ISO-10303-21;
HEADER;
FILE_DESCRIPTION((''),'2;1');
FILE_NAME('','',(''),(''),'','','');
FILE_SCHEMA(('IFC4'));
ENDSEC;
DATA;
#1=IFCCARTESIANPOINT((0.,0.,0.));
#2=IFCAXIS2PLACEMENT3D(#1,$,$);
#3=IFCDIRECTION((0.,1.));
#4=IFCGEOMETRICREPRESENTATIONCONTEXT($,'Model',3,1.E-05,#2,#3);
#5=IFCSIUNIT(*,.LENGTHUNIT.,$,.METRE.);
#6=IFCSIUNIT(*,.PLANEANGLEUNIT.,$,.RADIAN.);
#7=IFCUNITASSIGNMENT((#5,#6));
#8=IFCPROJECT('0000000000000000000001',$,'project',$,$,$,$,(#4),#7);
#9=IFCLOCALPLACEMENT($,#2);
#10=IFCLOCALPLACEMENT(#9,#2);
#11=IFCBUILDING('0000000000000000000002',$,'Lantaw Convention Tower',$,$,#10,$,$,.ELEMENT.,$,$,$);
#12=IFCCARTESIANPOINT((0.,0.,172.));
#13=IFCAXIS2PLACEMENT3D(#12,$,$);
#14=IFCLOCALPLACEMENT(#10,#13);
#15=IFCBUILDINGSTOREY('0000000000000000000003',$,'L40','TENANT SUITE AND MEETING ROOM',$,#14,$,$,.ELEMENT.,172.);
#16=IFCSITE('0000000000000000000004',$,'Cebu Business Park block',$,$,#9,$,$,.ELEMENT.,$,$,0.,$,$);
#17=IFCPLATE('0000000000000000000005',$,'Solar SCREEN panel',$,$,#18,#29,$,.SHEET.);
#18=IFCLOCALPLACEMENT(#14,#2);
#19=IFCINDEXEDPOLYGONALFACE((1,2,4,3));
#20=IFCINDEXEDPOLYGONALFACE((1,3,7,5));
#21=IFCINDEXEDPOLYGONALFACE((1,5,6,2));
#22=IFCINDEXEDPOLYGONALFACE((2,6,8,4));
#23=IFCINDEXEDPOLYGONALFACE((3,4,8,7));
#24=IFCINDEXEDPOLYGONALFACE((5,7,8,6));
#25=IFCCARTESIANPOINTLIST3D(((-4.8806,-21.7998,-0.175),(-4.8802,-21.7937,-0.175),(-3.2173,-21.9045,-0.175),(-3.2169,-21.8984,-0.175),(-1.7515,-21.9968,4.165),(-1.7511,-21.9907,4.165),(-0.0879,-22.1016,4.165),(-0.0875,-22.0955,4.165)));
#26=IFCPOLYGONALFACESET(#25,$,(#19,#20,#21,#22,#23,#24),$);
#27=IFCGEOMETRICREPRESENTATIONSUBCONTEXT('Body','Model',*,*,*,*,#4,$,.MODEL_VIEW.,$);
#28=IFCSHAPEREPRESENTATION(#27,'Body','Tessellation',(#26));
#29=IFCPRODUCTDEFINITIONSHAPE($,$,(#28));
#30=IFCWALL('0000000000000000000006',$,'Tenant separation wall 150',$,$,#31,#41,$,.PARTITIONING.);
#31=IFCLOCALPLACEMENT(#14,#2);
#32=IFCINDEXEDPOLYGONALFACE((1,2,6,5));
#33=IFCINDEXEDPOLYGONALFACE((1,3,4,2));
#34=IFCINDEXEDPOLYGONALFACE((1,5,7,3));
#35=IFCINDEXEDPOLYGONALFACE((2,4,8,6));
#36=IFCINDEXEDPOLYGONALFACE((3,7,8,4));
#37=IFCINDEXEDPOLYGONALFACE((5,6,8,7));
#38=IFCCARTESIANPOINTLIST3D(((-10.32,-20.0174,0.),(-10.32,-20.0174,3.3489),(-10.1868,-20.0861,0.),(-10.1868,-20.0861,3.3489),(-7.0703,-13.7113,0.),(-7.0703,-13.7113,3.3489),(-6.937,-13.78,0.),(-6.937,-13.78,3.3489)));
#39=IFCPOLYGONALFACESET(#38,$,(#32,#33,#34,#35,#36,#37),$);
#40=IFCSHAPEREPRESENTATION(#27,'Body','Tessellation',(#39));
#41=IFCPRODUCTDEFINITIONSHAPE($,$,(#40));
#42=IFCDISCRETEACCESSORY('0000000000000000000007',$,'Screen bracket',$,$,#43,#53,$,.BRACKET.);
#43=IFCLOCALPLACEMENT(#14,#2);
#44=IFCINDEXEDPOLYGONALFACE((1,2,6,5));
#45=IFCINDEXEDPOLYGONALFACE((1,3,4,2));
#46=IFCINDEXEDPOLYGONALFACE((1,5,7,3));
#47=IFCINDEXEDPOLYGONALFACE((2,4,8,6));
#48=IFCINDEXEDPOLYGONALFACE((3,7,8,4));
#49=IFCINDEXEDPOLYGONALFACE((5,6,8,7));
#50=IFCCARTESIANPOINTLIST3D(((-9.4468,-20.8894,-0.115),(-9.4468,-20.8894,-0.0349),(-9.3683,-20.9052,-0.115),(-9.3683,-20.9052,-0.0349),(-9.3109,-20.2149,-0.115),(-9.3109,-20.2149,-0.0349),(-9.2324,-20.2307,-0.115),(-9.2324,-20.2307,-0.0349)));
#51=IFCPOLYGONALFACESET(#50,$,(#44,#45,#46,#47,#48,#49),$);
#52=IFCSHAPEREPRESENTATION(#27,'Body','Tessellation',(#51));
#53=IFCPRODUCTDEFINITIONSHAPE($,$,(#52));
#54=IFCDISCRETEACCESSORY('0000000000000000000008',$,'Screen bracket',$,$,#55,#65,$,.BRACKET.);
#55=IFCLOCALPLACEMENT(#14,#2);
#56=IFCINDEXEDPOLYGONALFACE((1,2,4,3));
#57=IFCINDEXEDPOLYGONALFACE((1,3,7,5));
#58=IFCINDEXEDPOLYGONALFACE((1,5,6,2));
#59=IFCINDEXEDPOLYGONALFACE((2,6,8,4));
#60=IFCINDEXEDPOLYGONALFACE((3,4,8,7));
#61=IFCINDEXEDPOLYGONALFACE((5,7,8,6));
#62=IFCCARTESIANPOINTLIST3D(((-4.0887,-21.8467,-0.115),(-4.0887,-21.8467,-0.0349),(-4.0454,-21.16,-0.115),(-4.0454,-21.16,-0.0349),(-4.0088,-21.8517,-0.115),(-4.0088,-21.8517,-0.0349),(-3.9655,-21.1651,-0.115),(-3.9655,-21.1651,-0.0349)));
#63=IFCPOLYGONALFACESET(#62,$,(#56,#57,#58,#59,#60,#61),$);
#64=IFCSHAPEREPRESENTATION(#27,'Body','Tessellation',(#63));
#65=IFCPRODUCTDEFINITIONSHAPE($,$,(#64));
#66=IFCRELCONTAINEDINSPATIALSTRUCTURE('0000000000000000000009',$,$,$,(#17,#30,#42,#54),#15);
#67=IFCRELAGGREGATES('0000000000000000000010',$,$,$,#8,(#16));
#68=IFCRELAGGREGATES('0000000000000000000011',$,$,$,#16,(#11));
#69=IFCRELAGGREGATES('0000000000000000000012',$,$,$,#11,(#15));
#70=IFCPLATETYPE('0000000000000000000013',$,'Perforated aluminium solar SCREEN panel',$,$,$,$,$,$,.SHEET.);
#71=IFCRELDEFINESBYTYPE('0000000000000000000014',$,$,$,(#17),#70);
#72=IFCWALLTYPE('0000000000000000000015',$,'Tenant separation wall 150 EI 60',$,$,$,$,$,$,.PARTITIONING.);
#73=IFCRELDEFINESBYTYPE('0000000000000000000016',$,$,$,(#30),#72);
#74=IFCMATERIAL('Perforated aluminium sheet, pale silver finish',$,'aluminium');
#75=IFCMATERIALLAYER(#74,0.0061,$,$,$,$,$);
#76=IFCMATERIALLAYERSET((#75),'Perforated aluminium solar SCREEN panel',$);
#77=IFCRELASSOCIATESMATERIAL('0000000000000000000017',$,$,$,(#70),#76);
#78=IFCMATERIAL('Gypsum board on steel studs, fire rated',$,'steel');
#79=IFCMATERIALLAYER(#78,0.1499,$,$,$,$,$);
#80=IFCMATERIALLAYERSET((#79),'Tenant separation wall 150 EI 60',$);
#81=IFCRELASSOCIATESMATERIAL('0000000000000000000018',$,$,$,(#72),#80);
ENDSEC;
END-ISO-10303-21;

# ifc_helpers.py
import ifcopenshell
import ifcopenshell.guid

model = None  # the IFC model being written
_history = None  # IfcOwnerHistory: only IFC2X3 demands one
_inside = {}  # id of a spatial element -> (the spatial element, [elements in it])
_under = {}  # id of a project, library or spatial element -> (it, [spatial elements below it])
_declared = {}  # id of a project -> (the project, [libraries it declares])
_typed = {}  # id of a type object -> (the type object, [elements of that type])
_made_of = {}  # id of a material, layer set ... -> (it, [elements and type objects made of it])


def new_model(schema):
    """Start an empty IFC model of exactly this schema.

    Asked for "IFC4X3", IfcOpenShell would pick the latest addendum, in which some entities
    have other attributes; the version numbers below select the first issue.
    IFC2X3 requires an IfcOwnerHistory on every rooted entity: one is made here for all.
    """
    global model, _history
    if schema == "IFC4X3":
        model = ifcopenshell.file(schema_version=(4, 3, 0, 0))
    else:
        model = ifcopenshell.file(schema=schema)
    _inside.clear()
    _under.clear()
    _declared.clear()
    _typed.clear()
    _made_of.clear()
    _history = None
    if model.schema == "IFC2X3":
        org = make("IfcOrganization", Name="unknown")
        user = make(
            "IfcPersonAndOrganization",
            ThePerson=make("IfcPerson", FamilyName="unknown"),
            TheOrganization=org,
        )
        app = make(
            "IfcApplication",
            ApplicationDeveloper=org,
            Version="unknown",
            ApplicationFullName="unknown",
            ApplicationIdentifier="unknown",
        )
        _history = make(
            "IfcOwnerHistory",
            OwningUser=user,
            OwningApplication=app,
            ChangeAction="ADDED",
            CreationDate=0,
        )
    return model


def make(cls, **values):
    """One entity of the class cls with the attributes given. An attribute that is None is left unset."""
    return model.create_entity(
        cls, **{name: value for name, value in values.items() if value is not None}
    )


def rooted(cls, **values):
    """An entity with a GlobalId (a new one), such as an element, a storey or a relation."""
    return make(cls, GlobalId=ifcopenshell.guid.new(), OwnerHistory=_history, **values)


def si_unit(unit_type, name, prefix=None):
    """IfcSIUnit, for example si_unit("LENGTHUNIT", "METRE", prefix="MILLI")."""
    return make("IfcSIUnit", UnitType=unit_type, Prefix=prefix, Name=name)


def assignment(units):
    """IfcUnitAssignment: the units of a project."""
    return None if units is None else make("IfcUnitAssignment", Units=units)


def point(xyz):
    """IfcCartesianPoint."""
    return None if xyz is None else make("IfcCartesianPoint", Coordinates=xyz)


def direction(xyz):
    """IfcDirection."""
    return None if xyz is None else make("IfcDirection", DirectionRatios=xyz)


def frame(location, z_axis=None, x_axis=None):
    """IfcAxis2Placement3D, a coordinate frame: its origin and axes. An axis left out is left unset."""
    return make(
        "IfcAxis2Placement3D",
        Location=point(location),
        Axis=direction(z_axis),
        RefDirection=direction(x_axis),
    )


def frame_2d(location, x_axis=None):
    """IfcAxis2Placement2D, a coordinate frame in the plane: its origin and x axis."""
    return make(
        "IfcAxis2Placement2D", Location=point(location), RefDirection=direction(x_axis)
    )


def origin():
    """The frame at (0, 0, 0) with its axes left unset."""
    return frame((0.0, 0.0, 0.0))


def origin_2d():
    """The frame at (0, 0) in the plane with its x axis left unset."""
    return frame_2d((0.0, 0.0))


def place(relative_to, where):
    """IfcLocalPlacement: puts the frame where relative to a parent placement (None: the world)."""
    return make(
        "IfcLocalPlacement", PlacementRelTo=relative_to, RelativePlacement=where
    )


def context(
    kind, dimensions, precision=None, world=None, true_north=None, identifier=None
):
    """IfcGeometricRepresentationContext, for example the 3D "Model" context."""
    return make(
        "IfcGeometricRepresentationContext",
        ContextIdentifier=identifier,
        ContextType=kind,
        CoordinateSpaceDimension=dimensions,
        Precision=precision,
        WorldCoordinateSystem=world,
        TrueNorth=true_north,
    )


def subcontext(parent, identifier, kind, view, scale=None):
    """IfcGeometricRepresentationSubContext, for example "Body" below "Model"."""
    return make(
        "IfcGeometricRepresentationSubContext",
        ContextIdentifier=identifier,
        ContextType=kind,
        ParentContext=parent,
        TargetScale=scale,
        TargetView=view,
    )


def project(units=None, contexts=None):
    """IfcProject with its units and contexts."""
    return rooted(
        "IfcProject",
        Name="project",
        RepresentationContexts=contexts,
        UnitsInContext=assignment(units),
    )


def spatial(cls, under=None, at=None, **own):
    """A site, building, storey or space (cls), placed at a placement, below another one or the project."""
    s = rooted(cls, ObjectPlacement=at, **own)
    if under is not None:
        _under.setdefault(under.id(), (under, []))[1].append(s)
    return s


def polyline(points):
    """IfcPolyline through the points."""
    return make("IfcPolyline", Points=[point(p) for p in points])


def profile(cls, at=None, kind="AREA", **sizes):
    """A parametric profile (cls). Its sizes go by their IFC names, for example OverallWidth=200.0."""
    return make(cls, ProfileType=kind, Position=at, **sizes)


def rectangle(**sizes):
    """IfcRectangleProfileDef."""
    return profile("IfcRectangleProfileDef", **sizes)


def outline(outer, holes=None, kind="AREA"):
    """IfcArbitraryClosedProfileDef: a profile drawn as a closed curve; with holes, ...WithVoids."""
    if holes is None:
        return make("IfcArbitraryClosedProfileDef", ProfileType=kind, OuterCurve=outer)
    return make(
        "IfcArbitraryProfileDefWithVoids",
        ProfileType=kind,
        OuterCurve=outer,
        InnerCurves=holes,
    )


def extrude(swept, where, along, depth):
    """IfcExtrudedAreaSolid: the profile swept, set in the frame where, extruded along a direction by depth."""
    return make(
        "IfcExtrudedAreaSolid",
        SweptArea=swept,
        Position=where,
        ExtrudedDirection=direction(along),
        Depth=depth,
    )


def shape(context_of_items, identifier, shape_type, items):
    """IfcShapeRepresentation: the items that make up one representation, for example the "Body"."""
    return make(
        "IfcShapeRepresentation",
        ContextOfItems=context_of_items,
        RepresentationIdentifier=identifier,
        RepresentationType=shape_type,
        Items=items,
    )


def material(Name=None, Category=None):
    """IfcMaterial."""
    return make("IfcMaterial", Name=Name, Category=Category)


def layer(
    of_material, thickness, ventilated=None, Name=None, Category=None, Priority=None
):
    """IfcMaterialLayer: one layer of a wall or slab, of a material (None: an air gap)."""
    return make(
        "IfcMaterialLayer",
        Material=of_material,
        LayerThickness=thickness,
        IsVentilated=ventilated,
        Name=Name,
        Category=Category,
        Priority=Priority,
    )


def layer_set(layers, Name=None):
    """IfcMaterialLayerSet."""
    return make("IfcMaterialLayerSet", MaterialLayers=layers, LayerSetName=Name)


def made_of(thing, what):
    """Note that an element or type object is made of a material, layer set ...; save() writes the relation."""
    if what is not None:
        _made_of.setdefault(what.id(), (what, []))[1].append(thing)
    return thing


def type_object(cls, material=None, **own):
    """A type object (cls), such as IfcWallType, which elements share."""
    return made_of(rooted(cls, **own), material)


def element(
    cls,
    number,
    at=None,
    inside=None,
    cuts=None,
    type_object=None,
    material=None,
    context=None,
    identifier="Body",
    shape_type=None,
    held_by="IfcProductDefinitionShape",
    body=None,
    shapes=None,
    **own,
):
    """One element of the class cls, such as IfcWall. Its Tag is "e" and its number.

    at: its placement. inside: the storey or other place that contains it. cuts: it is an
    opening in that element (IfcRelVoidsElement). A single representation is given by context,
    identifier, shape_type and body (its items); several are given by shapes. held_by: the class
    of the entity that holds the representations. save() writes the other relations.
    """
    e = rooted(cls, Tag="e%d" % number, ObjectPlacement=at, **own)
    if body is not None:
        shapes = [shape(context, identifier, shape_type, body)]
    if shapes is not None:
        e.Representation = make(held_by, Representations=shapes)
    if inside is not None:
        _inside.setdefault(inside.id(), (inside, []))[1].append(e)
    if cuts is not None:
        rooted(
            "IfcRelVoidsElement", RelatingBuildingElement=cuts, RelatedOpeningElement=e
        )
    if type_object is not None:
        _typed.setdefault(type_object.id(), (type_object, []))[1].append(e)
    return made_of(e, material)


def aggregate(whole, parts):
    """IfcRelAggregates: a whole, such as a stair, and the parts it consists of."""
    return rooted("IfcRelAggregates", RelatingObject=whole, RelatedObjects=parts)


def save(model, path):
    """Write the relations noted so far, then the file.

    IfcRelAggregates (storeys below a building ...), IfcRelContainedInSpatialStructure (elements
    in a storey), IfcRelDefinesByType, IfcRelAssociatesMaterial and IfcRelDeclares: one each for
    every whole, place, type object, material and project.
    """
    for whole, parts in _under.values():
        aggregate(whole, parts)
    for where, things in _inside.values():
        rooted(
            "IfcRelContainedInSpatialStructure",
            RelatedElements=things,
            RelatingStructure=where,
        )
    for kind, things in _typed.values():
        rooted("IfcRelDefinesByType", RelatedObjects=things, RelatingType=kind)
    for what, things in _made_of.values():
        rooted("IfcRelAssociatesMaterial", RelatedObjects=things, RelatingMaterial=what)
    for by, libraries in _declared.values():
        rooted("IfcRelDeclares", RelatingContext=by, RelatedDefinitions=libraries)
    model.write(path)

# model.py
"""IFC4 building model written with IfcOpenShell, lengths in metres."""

from ifc_helpers import new_model, si_unit, direction, frame, frame_2d, origin, origin_2d, place, context, subcontext, project, spatial, polyline, rectangle, outline, extrude, material, layer, layer_set, type_object, element, save


model = new_model("IFC4")

# Units and contexts
model_context = context("Model", 3, precision=1e-05, world=origin(), true_north=direction((0.0, 1.0)))
body_context = subcontext(model_context, "Body", "Model", "MODEL_VIEW")
ifc_project = project(units=[si_unit("LENGTHUNIT", "METRE"), si_unit("PLANEANGLEUNIT", "RADIAN")], contexts=[model_context])

# Site, building, storey
site_placement = place(None, origin())
site = spatial("IfcSite", under=ifc_project, at=site_placement, Name="Cebu Business Park block", CompositionType="ELEMENT", RefElevation=0.0)
building_placement = place(site_placement, origin())
building = spatial("IfcBuilding", under=site, at=building_placement, Name="Lantaw Convention Tower", CompositionType="ELEMENT")
storey_placement = place(building_placement, frame((0.0, 0.0, 172.0)))
storey = spatial("IfcBuildingStorey", under=building, at=storey_placement, Name="L40", Description="TENANT SUITE AND MEETING ROOM", CompositionType="ELEMENT", Elevation=172.0)

# Plate
ifc_material_1 = material(Name="Perforated aluminium sheet, pale silver finish", Category="aluminium")
ifc_layer_1 = layer(ifc_material_1, 0.0061)
ifc_layer_set_1 = layer_set([ifc_layer_1], Name="Perforated aluminium solar SCREEN panel")
plate_type_1 = type_object("IfcPlateType", Name="Perforated aluminium solar SCREEN panel", PredefinedType="SHEET", material=ifc_layer_set_1)
plate_1_placement = place(storey_placement, frame((-4.8806, -21.7998, -0.175), z_axis=(-0.062839, -0.998024, 0.000002), x_axis=(0.998024, -0.062839, 0.0)))
element("IfcPlate", 1, at=plate_1_placement, inside=storey, type_object=plate_type_1, Name="Solar SCREEN panel", PredefinedType="SHEET", context=body_context, shape_type="SweptSolid", body=[
    extrude(outline(polyline([(0.0, 0.0), (1.6666, 0.0), (4.8022, 4.3401), (3.1353, 4.3401), (0.0, 0.0)])), origin(), (0.0, 0.0, -1.0), 0.0061),
])

# Wall
ifc_material_2 = material(Name="Gypsum board on steel studs, fire rated", Category="steel")
ifc_layer_2 = layer(ifc_material_2, 0.1499)
ifc_layer_set_2 = layer_set([ifc_layer_2], Name="Tenant separation wall 150 EI 60")
wall_type = type_object("IfcWallType", Name="Tenant separation wall 150 EI 60", PredefinedType="PARTITIONING", material=ifc_layer_set_2)
wall_placement = place(storey_placement, frame((-10.2534, -20.0518, 0.0), z_axis=(0.0, 0.0, 1.0), x_axis=(0.458083, 0.88891, 0.0)))
element("IfcWall", 2, at=wall_placement, inside=storey, type_object=wall_type, Name="Tenant separation wall 150", PredefinedType="PARTITIONING", context=body_context, shape_type="SweptSolid", body=[
    extrude(rectangle(XDim=7.0942, YDim=0.1499, at=frame_2d((3.5471, 0.0))), origin(), (0.0, 0.0, 1.0), 3.3489),
])

# Discrete accessories
for number, where, z_axis, x_axis, name in (
    (3, (-9.3396, -20.5601, -0.115), (0.0, 0.0, 1.0), (0.980302, -0.197507, 0.0), "Screen bracket"),
    (4, (-4.0271, -21.5059, -0.115), (0.0, 0.0, 1.0), (0.998022, -0.062865, 0.0), "Screen bracket"),
):
    element("IfcDiscreteAccessory", number, at=place(storey_placement, frame(where, z_axis=z_axis, x_axis=x_axis)), inside=storey, Name=name, PredefinedType="BRACKET", context=body_context, shape_type="SweptSolid", body=[
        extrude(rectangle(XDim=0.0801, YDim=0.688, at=origin_2d()), origin(), (0.0, 0.0, 1.0), 0.0801),
    ])

save(model, "model.ifc")
